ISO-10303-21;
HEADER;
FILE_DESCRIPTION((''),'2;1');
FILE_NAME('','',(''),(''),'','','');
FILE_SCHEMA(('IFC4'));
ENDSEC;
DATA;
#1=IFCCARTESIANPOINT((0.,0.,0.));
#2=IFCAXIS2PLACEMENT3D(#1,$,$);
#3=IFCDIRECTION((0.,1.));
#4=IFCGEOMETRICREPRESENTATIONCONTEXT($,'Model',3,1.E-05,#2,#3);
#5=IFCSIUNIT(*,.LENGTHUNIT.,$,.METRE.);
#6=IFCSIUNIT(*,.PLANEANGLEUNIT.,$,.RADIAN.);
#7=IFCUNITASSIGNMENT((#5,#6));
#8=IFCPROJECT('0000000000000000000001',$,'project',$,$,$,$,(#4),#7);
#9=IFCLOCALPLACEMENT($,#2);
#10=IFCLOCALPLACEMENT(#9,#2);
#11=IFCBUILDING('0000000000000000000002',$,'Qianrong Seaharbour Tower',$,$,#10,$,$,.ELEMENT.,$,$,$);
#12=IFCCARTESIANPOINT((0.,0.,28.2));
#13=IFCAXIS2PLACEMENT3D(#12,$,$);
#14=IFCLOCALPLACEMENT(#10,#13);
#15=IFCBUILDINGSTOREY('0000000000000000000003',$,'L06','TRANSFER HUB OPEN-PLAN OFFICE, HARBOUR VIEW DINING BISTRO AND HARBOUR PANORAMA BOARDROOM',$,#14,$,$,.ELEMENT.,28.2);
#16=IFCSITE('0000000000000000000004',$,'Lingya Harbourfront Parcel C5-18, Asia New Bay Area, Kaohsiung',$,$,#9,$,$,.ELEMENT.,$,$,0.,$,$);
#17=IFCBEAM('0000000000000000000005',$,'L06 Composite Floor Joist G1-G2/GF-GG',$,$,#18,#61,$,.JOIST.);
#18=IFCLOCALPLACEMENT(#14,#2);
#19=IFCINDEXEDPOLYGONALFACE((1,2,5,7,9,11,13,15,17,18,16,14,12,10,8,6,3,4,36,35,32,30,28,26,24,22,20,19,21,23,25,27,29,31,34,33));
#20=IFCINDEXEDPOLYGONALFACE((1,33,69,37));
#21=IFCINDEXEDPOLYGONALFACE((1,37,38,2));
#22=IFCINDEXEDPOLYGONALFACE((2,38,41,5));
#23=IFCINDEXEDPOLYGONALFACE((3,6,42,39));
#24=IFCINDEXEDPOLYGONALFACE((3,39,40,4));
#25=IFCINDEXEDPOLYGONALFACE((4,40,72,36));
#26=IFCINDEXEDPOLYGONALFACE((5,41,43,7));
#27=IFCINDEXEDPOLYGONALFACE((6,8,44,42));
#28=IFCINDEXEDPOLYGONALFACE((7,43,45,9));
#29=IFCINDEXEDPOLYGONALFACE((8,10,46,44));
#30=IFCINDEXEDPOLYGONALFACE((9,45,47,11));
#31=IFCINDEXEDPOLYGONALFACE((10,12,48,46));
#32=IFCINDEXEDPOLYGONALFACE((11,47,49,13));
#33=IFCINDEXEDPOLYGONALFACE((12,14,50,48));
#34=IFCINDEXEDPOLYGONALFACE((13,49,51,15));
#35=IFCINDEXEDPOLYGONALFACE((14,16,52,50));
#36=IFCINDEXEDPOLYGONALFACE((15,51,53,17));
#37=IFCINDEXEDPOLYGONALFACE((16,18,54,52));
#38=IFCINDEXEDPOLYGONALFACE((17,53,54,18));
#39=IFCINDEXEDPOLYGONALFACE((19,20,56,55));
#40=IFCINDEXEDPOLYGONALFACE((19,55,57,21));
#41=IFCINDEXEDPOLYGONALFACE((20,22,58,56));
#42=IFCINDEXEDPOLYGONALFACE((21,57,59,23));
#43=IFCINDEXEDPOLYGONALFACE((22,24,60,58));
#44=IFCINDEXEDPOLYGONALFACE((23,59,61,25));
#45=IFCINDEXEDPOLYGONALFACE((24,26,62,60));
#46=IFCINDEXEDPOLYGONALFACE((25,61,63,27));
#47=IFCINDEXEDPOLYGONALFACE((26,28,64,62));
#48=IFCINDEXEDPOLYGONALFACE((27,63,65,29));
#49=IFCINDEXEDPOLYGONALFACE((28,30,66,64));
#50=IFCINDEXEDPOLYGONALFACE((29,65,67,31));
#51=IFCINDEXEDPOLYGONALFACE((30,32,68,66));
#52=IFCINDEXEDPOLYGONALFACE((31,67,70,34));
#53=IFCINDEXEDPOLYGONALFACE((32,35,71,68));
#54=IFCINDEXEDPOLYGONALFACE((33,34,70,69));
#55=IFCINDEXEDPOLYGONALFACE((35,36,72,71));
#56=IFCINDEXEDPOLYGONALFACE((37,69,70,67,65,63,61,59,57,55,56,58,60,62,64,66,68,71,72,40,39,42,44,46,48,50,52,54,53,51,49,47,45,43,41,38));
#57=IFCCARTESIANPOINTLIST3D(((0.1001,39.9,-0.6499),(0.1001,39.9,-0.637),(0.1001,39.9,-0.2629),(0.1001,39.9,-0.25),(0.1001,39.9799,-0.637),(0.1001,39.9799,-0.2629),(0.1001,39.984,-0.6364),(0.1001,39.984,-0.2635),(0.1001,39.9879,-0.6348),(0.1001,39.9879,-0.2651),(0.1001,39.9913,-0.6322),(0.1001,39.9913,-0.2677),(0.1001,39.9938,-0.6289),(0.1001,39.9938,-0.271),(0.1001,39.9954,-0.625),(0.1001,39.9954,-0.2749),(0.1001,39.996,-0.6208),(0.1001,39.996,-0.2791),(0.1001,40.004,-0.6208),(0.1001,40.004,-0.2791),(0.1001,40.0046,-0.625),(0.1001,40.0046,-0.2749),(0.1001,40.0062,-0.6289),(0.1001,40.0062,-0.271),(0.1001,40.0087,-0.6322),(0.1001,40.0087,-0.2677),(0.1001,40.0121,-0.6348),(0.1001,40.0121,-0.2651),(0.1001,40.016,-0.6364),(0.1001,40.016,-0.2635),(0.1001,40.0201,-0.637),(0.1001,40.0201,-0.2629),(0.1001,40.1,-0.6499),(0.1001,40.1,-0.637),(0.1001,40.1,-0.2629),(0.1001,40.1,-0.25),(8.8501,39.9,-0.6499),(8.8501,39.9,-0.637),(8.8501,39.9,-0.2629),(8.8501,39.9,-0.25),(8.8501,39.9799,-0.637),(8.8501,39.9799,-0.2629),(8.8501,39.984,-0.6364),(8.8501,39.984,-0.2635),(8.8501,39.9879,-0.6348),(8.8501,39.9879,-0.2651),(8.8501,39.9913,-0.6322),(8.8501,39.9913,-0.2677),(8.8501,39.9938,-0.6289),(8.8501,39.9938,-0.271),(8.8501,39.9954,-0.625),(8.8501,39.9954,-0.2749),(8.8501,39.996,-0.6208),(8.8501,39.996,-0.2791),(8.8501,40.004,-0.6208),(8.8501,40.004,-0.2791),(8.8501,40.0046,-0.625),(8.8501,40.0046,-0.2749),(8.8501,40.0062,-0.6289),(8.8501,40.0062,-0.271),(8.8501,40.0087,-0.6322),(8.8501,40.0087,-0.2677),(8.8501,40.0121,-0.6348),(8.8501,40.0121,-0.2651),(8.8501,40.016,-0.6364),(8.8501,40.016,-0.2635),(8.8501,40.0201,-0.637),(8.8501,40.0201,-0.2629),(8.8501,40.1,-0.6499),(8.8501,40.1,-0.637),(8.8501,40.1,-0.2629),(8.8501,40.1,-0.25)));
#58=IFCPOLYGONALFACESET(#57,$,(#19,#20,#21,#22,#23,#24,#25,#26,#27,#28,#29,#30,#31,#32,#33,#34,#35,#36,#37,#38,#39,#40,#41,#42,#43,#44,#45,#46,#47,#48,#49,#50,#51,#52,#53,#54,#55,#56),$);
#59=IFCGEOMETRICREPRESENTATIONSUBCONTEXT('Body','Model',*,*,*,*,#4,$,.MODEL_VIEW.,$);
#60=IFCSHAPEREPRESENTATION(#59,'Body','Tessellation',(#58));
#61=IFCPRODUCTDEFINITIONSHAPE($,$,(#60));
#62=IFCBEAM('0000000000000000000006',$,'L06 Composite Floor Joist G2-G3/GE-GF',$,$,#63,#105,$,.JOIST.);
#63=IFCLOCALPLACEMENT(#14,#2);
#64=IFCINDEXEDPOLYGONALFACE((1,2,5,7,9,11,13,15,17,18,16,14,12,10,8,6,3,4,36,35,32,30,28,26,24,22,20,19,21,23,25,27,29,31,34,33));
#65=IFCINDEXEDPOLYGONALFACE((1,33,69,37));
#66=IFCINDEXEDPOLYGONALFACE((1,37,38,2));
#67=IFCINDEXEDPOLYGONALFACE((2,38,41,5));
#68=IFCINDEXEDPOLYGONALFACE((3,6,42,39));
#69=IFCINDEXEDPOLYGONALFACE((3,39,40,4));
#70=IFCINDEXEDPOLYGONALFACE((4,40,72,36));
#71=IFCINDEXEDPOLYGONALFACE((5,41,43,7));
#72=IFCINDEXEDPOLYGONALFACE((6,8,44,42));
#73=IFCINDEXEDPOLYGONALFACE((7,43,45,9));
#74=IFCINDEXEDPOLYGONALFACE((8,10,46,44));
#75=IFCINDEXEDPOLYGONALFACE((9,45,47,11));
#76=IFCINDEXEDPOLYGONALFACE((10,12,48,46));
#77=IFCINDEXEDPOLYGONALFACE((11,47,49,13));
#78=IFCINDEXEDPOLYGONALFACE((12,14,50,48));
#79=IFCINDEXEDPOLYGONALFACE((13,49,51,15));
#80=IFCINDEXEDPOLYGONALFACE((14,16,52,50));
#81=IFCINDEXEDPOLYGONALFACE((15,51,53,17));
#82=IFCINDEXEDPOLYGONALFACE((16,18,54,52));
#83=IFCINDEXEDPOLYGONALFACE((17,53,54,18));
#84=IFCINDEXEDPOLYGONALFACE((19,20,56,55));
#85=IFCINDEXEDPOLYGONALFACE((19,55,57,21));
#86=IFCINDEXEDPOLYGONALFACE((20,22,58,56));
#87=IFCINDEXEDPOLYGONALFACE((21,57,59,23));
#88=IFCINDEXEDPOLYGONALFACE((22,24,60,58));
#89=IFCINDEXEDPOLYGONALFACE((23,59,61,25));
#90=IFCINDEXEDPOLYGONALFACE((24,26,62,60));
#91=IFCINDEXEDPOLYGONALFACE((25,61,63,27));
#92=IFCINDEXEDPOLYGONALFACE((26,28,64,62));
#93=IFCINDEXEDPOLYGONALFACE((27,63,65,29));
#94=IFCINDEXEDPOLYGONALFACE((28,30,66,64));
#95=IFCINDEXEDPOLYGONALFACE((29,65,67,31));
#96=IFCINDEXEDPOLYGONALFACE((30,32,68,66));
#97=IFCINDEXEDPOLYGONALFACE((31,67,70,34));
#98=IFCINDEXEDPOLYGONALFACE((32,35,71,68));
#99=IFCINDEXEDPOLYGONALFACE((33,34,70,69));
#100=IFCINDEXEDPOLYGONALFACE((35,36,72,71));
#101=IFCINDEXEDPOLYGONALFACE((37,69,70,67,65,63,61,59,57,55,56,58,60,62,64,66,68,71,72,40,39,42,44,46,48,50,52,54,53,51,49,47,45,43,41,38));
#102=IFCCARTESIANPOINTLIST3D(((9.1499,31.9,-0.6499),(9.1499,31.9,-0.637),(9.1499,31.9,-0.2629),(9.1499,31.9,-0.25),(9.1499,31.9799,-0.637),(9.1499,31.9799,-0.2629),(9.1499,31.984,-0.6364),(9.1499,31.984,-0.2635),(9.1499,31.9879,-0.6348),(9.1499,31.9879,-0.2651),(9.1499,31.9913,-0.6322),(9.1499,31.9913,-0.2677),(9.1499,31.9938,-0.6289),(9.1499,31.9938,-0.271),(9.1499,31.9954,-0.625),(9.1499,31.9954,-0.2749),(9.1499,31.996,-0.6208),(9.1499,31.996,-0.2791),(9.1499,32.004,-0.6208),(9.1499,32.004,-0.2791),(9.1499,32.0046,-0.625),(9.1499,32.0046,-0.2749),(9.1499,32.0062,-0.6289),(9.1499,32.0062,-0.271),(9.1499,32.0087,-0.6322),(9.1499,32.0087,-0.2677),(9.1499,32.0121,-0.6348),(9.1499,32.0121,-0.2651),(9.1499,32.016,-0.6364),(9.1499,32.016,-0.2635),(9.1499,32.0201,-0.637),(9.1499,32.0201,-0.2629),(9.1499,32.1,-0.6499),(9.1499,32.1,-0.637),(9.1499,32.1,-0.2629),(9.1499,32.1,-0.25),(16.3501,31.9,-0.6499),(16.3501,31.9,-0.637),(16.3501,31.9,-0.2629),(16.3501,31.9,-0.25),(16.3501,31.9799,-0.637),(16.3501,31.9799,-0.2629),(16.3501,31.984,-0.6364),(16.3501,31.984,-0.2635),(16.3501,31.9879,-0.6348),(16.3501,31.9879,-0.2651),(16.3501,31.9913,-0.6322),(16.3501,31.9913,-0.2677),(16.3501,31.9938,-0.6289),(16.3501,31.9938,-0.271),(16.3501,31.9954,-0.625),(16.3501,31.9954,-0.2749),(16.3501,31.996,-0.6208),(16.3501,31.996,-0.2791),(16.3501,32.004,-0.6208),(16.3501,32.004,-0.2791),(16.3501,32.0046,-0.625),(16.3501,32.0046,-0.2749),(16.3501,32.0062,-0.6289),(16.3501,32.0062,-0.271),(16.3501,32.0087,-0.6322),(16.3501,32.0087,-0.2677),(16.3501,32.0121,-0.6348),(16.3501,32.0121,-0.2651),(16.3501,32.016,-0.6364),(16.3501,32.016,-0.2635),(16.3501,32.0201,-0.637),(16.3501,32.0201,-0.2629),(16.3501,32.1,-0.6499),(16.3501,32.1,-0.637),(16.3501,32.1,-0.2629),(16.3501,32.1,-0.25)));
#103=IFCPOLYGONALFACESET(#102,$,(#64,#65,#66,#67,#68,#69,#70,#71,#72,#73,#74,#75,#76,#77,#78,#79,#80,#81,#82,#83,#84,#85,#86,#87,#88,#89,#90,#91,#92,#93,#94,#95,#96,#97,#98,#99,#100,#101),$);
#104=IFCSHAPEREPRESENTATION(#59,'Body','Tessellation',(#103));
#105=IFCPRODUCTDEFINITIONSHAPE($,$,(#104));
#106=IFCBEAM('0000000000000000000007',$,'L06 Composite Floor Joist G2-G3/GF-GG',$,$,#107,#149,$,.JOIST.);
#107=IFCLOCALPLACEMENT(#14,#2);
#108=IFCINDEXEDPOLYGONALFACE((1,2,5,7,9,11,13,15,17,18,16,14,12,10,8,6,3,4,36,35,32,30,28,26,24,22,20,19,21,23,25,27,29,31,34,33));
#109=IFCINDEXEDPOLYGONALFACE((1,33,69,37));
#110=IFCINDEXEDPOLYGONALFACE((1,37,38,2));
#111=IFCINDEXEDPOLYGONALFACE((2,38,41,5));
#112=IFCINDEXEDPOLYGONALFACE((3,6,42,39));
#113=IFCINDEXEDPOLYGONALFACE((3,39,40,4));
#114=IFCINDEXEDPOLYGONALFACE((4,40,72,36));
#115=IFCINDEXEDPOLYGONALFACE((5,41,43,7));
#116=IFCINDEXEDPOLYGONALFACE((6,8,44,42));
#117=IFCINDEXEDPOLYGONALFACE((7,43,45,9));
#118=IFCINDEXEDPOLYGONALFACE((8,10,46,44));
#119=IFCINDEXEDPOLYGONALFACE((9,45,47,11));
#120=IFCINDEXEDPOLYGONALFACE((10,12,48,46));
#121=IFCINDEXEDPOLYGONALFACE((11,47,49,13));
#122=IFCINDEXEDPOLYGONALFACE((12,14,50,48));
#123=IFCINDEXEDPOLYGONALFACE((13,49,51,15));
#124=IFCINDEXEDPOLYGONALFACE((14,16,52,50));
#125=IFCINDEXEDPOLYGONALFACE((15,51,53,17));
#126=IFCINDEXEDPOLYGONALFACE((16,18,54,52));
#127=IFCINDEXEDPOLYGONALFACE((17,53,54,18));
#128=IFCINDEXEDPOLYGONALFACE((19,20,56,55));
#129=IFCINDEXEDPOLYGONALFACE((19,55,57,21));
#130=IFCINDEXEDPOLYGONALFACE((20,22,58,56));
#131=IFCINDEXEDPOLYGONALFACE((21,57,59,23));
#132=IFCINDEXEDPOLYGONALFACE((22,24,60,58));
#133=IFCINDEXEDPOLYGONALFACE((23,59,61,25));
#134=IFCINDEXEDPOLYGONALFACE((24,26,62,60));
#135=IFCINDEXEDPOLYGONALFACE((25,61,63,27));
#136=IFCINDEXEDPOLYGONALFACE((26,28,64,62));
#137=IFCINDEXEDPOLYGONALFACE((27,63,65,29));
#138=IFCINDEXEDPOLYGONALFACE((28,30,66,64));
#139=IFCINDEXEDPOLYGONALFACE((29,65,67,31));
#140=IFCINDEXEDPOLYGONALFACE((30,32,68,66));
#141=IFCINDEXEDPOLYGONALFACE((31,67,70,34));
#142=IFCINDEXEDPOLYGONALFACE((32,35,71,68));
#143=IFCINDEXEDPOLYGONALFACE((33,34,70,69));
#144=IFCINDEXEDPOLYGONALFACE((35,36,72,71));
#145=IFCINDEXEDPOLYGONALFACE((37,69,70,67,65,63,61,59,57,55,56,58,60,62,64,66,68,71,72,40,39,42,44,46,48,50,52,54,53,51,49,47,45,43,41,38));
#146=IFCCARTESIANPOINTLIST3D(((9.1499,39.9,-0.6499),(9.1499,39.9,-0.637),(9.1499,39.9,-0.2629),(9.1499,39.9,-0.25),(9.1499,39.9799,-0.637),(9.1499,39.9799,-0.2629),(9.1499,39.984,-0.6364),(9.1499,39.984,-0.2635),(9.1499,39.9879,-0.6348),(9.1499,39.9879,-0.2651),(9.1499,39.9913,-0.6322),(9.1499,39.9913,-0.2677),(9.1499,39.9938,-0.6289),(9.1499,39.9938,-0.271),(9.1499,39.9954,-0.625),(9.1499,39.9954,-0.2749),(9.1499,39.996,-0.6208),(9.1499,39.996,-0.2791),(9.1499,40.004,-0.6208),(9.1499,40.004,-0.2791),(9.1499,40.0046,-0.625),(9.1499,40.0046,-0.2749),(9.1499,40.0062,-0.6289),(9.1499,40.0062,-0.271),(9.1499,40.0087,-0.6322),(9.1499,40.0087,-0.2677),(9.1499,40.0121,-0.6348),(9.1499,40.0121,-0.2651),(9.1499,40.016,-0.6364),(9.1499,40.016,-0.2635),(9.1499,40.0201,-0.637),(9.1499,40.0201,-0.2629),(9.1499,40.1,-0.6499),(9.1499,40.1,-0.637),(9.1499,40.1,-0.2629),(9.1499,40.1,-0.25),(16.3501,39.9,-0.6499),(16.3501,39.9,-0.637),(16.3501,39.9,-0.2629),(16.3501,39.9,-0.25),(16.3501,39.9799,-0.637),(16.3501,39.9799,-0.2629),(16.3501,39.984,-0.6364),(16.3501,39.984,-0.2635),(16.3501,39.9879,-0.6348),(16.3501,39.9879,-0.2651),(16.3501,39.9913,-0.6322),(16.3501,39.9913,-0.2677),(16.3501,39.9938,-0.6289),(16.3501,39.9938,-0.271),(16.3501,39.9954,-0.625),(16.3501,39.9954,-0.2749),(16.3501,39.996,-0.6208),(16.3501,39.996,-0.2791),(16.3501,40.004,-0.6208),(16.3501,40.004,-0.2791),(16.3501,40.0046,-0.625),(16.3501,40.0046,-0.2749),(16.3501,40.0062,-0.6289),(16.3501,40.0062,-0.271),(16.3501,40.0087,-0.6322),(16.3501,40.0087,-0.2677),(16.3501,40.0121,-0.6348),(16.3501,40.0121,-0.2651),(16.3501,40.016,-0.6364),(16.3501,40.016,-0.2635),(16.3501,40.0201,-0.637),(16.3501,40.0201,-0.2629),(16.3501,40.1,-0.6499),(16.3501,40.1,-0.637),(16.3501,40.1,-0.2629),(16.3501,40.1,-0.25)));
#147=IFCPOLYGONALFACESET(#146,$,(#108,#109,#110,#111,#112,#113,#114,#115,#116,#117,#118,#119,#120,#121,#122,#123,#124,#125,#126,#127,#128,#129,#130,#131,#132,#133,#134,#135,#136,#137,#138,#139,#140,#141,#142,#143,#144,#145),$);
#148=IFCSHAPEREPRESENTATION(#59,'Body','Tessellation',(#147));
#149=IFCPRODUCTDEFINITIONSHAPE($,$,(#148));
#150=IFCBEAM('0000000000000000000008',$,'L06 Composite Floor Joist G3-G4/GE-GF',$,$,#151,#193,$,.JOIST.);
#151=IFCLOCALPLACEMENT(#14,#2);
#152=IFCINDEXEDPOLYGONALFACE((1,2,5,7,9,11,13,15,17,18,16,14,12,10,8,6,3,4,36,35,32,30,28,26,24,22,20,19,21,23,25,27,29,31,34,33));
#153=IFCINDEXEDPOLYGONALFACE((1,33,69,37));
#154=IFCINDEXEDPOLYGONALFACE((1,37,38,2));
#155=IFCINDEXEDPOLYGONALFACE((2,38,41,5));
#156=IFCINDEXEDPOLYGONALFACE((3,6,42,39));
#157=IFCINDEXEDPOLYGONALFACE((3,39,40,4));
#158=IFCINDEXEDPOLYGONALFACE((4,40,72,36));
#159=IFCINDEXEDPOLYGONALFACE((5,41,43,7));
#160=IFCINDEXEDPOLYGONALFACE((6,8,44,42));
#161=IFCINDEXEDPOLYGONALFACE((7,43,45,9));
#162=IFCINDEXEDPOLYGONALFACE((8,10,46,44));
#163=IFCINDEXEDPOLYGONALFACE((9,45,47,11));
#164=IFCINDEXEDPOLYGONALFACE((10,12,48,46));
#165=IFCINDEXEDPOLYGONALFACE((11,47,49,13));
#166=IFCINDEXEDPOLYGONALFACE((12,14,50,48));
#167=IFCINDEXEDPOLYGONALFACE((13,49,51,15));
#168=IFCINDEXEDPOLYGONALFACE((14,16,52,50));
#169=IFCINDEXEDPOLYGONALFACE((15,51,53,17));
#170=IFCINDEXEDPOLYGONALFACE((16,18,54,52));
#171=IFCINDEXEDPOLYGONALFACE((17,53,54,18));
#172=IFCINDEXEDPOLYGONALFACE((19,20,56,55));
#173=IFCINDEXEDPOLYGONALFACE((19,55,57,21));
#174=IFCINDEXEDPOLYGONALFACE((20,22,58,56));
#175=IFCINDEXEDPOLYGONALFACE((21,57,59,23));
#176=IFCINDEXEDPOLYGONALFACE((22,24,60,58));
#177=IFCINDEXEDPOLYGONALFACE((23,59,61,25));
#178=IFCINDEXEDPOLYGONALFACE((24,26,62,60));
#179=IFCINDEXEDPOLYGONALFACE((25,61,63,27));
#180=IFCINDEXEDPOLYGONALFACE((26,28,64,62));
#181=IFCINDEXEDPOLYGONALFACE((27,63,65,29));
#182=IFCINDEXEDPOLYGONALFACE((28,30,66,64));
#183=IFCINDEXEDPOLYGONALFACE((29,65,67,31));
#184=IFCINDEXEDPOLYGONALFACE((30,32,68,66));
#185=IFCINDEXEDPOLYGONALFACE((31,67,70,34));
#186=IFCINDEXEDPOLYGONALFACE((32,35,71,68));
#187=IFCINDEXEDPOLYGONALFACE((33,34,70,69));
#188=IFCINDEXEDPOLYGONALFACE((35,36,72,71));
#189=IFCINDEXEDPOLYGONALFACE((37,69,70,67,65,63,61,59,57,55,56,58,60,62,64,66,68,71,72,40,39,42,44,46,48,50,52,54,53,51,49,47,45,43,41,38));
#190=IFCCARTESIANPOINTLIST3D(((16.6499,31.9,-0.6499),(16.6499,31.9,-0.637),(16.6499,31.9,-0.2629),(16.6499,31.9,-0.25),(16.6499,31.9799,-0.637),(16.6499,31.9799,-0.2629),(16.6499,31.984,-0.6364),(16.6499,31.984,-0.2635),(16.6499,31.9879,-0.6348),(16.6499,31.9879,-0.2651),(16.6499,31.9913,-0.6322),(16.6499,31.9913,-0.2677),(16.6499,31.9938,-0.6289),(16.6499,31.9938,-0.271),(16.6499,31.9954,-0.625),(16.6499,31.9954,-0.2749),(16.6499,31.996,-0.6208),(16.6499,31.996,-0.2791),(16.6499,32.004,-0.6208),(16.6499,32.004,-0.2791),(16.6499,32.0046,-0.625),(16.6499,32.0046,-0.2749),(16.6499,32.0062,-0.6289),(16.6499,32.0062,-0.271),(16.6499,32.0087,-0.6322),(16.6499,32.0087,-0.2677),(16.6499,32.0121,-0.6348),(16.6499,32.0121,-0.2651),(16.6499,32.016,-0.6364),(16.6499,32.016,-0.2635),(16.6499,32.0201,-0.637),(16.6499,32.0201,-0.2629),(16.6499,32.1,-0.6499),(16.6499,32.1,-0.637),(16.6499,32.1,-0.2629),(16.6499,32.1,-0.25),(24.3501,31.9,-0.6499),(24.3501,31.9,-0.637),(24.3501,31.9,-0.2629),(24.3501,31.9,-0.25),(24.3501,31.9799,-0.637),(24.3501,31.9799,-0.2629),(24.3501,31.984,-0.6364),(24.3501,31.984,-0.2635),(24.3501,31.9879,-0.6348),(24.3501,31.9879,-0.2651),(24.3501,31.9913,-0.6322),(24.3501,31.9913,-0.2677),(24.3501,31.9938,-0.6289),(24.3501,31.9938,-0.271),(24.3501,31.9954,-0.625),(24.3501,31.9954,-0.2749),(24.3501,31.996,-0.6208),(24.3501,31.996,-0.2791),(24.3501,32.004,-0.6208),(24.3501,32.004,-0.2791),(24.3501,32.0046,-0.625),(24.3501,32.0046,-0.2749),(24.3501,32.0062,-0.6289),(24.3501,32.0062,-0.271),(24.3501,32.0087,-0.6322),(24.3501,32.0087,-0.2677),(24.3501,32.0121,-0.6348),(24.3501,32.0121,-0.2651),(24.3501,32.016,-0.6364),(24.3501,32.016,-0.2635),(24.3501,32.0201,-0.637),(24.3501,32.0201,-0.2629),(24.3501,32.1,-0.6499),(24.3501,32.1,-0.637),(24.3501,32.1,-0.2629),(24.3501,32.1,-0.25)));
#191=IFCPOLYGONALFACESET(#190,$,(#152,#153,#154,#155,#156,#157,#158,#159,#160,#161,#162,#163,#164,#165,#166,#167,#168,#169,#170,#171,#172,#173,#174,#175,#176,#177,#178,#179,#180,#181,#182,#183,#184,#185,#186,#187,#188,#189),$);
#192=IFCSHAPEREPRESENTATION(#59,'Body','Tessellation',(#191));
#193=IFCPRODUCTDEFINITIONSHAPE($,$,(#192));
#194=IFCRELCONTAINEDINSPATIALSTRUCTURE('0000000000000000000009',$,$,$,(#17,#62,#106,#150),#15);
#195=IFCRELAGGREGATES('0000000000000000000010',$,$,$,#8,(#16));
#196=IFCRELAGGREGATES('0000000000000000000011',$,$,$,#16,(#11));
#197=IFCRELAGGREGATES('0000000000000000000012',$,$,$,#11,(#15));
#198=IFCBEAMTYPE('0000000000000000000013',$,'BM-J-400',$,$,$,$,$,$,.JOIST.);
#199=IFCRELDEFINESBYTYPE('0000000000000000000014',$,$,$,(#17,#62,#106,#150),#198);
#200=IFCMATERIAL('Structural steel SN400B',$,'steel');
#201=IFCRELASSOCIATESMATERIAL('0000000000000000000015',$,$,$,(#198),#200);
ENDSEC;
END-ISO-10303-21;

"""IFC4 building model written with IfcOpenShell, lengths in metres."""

from ifc_helpers import new_model, si_unit, direction, frame, origin, origin_2d, place, context, subcontext, project, spatial, i_section, extrude, material, material_profile, profile_set, type_object, element, save


model = new_model("IFC4")

# Units and contexts
model_context = context("Model", 3, precision=1e-05, world=origin(), true_north=direction((0.0, 1.0)))
body_context = subcontext(model_context, "Body", "Model", "MODEL_VIEW")
ifc_project = project(units=[si_unit("LENGTHUNIT", "METRE"), si_unit("PLANEANGLEUNIT", "RADIAN")], contexts=[model_context])

# Site, building, storey
site_placement = place(None, origin())
site = spatial("IfcSite", under=ifc_project, at=site_placement, Name="Lingya Harbourfront Parcel C5-18, Asia New Bay Area, Kaohsiung", CompositionType="ELEMENT", RefElevation=0.0)
building_placement = place(site_placement, origin())
building = spatial("IfcBuilding", under=site, at=building_placement, Name="Qianrong Seaharbour Tower", CompositionType="ELEMENT")
storey_placement = place(building_placement, frame((0.0, 0.0, 28.2)))
storey = spatial("IfcBuildingStorey", under=building, at=storey_placement, Name="L06", Description="TRANSFER HUB OPEN-PLAN OFFICE, HARBOUR VIEW DINING BISTRO AND HARBOUR PANORAMA BOARDROOM", CompositionType="ELEMENT", Elevation=28.2)

# Beams
ifc_material_1 = material(Name="Structural steel SN400B", Category="steel")
ifc_material_profile_1 = material_profile(ifc_material_1, i_section(OverallWidth=0.2, OverallDepth=0.3999, WebThickness=0.0081, FlangeThickness=0.0129, FilletRadius=0.0161, at=origin_2d()), Name="H400x200x8x13")
ifc_profile_set_1 = profile_set([ifc_material_profile_1], Name="Structural steel SN400B")
beam_type_1 = type_object("IfcBeamType", Name="BM-J-400", PredefinedType="JOIST", material=ifc_profile_set_1)
for number, where, z_axis, x_axis, name in (
    (1, (0.1001, 40.0, -0.45), (1.0, 0.0, 0.0), (0.0, 1.0, 0.0), "L06 Composite Floor Joist G1-G2/GF-GG"),
):
    element("IfcBeam", number, at=place(storey_placement, frame(where, z_axis=z_axis, x_axis=x_axis)), inside=storey, type_object=beam_type_1, Name=name, PredefinedType="JOIST", context=body_context, shape_type="SweptSolid", body=[
        extrude(i_section(OverallWidth=0.2, OverallDepth=0.3999, WebThickness=0.0081, FlangeThickness=0.0129, FilletRadius=0.0161, at=origin_2d()), origin(), (0.0, 0.0, 1.0), 8.75),
    ])
for number, where, z_axis, x_axis, name in (
    (2, (9.1499, 32.0, -0.45), (1.0, 0.0, 0.0), (0.0, 1.0, 0.0), "L06 Composite Floor Joist G2-G3/GE-GF"),
    (3, (9.1499, 40.0, -0.45), (1.0, 0.0, 0.0), (0.0, 1.0, 0.0), "L06 Composite Floor Joist G2-G3/GF-GG"),
):
    element("IfcBeam", number, at=place(storey_placement, frame(where, z_axis=z_axis, x_axis=x_axis)), inside=storey, type_object=beam_type_1, Name=name, PredefinedType="JOIST", context=body_context, shape_type="SweptSolid", body=[
        extrude(i_section(OverallWidth=0.2, OverallDepth=0.3999, WebThickness=0.0081, FlangeThickness=0.0129, FilletRadius=0.0161, at=origin_2d()), origin(), (0.0, 0.0, 1.0), 7.2002),
    ])
for number, where, z_axis, x_axis, name in (
    (4, (16.6499, 32.0, -0.45), (1.0, 0.0, 0.0), (0.0, 1.0, 0.0), "L06 Composite Floor Joist G3-G4/GE-GF"),
):
    element("IfcBeam", number, at=place(storey_placement, frame(where, z_axis=z_axis, x_axis=x_axis)), inside=storey, type_object=beam_type_1, Name=name, PredefinedType="JOIST", context=body_context, shape_type="SweptSolid", body=[
        extrude(i_section(OverallWidth=0.2, OverallDepth=0.3999, WebThickness=0.0081, FlangeThickness=0.0129, FilletRadius=0.0161, at=origin_2d()), origin(), (0.0, 0.0, 1.0), 7.7002),
    ])

save(model, "model.ifc")
